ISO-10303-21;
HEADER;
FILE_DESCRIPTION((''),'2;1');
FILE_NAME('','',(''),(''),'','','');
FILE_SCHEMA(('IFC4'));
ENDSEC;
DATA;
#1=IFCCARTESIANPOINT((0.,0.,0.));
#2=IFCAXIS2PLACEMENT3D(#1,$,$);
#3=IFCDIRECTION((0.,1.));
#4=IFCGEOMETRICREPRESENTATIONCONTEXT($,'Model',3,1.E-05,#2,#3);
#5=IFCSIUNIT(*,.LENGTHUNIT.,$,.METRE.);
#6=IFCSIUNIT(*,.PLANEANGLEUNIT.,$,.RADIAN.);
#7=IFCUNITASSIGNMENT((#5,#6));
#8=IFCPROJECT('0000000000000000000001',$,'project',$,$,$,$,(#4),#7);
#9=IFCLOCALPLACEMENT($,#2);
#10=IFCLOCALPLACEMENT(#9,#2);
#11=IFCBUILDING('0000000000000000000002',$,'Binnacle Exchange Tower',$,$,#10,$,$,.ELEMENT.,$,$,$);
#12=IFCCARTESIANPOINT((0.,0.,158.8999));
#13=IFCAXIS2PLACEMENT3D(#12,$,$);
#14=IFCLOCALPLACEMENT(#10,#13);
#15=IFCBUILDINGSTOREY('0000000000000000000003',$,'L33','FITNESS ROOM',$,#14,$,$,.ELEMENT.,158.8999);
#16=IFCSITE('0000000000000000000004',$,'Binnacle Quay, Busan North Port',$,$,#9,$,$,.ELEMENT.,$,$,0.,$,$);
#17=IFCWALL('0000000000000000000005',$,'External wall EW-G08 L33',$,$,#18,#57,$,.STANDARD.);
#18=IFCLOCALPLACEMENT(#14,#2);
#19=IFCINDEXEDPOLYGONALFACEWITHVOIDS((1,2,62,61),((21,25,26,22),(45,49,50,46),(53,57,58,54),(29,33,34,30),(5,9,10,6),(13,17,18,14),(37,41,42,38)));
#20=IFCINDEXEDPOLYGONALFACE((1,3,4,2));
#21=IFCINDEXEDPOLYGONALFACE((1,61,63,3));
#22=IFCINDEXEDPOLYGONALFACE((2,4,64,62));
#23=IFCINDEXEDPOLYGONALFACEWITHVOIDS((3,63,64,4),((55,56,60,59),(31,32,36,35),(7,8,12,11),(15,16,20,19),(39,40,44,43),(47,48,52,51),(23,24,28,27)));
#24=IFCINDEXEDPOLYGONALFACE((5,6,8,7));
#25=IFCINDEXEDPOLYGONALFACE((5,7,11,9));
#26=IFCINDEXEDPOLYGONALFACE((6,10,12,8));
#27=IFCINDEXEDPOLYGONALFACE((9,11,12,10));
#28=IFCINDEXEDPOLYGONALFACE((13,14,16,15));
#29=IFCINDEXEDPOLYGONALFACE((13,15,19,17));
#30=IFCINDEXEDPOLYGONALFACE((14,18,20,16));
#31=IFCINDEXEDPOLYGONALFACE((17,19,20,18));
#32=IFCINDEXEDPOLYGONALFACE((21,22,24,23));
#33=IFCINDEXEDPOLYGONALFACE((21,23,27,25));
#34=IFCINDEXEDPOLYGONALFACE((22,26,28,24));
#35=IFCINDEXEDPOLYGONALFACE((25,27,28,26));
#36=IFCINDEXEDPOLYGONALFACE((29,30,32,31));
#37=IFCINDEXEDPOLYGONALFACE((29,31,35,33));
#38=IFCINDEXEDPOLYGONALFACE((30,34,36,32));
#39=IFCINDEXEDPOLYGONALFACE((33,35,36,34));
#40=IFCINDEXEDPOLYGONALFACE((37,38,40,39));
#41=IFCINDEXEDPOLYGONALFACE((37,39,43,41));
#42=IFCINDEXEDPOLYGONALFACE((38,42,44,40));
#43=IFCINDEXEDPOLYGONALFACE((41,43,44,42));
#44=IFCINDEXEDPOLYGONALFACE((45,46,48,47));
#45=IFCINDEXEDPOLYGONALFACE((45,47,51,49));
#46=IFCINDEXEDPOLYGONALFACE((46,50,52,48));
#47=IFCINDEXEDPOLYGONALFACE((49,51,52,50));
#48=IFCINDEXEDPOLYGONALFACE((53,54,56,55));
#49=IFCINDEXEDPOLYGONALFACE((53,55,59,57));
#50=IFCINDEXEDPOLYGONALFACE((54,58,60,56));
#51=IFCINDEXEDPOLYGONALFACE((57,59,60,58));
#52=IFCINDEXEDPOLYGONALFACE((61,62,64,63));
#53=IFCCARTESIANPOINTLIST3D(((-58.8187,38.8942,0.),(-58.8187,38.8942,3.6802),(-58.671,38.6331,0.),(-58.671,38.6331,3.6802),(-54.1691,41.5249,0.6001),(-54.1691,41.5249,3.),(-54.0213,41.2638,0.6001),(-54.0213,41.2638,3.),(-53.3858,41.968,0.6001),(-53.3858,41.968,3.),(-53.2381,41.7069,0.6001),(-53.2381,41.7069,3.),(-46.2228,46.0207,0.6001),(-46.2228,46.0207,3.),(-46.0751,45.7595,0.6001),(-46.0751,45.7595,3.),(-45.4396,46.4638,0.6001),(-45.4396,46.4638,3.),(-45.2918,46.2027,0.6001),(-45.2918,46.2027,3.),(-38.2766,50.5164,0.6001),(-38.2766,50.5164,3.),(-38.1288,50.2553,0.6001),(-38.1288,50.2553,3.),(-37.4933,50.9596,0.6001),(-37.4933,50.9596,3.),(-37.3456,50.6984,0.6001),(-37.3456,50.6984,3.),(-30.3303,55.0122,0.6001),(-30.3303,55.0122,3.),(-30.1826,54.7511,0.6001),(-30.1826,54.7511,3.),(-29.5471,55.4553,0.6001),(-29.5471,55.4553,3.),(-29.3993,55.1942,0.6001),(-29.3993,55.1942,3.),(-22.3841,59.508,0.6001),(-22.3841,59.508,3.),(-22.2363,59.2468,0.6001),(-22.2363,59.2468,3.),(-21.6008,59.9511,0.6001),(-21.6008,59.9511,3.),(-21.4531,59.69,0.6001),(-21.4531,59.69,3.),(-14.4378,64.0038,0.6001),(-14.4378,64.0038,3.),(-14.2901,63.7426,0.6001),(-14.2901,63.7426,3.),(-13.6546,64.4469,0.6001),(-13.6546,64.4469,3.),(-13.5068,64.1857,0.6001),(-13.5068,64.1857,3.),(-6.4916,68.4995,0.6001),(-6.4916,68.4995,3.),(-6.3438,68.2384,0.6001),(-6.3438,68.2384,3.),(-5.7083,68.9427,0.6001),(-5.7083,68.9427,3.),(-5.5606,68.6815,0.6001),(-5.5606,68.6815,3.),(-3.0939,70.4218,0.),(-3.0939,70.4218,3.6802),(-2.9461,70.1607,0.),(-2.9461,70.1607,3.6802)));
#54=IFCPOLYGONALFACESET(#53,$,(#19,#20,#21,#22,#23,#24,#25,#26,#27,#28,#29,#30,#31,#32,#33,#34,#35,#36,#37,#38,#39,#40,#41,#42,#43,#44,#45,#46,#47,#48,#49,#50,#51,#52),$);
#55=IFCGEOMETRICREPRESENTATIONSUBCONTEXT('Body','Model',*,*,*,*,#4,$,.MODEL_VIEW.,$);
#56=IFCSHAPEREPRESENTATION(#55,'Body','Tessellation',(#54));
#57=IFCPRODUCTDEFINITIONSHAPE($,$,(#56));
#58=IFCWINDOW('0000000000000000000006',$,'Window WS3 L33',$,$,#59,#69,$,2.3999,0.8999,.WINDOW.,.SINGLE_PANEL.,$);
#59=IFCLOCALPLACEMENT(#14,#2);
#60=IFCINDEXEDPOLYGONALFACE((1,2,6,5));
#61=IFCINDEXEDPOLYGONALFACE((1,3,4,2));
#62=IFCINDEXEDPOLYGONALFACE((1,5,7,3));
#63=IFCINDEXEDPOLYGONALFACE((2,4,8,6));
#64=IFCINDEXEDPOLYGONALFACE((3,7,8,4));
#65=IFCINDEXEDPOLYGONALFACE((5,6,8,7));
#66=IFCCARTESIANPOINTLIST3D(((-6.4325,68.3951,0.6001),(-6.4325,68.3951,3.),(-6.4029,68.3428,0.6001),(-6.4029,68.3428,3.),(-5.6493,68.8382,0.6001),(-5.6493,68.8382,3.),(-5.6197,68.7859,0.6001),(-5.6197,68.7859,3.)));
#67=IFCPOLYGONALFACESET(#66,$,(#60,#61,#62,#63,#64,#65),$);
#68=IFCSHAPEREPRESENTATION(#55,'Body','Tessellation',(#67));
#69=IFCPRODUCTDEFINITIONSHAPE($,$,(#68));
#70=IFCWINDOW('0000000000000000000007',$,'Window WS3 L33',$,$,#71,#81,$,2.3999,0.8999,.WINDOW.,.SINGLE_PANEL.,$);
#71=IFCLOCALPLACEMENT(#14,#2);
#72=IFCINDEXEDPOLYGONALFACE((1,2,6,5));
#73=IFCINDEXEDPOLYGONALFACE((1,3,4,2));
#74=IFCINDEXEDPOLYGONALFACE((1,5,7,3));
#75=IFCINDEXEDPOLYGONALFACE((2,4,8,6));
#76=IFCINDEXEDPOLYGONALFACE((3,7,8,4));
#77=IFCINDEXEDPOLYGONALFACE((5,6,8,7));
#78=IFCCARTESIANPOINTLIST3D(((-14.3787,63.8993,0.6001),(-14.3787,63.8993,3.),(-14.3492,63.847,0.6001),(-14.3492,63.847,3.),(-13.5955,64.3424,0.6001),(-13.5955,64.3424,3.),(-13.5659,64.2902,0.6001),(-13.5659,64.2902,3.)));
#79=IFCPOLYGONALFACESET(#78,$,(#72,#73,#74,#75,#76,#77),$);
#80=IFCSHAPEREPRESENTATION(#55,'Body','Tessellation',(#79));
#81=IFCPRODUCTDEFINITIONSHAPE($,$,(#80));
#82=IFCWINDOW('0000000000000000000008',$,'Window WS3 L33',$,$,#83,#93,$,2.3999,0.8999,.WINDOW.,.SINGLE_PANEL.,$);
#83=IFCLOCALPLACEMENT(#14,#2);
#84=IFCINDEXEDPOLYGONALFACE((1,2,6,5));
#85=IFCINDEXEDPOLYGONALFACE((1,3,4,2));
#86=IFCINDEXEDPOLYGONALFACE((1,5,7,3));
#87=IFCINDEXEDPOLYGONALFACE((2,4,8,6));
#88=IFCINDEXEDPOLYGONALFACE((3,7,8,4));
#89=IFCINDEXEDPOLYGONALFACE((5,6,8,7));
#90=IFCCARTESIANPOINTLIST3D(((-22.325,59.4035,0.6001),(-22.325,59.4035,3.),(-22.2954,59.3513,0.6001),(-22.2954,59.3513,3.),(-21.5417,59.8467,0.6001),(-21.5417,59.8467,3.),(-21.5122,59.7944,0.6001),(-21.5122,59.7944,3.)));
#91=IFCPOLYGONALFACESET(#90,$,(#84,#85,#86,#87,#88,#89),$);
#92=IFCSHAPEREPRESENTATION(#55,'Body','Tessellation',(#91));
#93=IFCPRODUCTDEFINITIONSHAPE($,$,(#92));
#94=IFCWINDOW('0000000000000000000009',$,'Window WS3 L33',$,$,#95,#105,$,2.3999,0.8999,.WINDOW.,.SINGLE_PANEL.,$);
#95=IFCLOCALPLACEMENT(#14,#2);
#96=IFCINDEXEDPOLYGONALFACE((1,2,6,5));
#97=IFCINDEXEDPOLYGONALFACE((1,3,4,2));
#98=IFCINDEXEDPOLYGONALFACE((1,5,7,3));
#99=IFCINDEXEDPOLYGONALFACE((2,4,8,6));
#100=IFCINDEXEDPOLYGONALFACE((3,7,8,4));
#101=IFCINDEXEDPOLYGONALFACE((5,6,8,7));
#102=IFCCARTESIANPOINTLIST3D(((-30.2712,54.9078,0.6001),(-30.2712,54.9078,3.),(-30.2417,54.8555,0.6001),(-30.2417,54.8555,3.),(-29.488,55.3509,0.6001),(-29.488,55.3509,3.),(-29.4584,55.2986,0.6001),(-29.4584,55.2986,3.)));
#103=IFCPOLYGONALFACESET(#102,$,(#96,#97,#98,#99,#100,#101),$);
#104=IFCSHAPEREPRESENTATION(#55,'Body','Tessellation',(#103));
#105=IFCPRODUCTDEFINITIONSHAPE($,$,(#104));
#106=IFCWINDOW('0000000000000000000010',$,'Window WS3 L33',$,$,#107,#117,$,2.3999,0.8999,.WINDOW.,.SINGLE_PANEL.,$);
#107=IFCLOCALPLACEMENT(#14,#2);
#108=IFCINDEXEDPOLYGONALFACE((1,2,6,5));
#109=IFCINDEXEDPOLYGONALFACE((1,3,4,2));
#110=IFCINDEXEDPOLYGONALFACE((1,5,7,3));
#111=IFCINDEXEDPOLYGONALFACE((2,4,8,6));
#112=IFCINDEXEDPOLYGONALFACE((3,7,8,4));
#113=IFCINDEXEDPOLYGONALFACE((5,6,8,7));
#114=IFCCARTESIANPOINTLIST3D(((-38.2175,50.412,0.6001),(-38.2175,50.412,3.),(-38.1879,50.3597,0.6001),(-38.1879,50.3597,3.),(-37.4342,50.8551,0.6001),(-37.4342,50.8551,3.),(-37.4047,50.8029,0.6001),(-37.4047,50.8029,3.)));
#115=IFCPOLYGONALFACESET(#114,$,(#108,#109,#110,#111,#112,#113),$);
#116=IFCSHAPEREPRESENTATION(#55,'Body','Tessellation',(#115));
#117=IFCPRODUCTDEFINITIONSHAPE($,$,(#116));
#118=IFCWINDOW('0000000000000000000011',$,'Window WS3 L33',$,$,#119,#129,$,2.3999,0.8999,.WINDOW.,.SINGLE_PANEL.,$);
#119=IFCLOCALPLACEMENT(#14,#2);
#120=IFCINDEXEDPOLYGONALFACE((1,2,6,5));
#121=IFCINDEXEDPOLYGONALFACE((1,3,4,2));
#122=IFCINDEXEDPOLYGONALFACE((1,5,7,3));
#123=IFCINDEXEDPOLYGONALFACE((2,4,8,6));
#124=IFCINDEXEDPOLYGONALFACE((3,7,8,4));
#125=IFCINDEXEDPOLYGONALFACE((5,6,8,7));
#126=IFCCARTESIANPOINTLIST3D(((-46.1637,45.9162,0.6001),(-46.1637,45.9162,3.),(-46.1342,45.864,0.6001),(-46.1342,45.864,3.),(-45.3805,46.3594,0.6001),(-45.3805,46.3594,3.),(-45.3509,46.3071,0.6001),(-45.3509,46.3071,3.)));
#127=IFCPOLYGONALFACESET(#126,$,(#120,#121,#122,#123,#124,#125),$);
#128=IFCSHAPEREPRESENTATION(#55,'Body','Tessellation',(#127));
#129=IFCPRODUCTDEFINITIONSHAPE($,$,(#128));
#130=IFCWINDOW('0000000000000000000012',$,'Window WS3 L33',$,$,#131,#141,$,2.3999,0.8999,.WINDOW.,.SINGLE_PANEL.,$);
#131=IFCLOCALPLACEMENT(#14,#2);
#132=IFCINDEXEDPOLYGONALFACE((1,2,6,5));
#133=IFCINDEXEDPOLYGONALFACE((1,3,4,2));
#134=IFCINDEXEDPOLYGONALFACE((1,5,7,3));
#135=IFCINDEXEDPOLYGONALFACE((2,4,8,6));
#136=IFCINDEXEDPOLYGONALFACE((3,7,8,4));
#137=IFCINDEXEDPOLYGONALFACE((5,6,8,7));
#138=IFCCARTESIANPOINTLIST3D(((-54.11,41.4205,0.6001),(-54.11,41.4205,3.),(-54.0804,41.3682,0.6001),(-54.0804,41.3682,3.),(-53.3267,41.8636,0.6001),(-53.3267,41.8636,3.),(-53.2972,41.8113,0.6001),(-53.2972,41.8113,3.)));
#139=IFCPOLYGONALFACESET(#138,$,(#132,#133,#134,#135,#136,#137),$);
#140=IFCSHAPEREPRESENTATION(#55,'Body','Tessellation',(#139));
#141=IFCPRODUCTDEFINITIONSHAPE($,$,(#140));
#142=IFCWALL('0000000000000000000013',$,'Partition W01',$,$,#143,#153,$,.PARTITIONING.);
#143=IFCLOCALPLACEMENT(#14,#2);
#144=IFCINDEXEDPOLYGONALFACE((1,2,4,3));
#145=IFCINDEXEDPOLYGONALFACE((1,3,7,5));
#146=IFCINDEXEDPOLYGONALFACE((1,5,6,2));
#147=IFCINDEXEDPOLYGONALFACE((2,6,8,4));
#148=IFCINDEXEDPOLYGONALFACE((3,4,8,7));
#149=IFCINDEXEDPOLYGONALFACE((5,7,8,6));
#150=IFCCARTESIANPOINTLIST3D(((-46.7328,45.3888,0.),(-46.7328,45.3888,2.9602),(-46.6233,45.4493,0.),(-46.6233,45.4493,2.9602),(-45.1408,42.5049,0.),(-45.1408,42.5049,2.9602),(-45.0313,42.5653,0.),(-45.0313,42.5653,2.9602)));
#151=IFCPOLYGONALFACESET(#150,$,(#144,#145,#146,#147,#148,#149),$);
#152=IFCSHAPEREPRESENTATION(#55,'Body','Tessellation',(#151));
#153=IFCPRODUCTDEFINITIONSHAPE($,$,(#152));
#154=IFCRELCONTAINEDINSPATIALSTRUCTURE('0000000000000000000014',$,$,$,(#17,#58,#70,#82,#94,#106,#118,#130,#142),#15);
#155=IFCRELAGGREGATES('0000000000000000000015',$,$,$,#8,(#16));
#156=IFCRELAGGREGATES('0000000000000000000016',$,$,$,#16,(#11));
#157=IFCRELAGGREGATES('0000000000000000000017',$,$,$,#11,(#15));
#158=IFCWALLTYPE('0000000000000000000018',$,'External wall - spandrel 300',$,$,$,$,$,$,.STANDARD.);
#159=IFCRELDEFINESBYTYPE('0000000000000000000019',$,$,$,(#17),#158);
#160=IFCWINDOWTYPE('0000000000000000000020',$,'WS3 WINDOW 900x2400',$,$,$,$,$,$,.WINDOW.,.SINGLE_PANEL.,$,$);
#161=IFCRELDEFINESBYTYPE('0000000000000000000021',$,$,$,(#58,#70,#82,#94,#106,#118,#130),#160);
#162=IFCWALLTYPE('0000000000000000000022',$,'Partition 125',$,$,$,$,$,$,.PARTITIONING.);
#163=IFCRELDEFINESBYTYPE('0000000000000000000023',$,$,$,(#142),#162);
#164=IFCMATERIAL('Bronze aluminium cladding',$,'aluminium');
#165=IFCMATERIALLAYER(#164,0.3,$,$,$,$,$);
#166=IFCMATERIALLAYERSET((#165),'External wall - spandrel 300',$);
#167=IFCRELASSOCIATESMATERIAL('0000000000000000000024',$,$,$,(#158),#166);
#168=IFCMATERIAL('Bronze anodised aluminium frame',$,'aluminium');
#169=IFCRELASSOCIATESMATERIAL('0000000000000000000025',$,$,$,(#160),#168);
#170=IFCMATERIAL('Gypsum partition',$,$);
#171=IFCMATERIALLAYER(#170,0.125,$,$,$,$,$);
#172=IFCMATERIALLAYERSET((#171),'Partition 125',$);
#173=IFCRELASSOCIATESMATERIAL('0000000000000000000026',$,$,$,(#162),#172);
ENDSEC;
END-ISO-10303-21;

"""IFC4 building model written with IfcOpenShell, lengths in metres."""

from ifc_helpers import new_model, si_unit, direction, frame, frame_2d, origin, place, context, subcontext, project, spatial, rectangle, extrude, material, layer, layer_set, type_object, element, fill, save


model = new_model("IFC4")

# Units and contexts
model_context = context("Model", 3, precision=1e-05, world=origin(), true_north=direction((0.0, 1.0)))
body_context = subcontext(model_context, "Body", "Model", "MODEL_VIEW")
ifc_project = project(units=[si_unit("LENGTHUNIT", "METRE"), si_unit("PLANEANGLEUNIT", "RADIAN")], contexts=[model_context])

# Site, building, storey
site_placement = place(None, origin())
site = spatial("IfcSite", under=ifc_project, at=site_placement, Name="Binnacle Quay, Busan North Port", CompositionType="ELEMENT", RefElevation=0.0)
building_placement = place(site_placement, origin())
building = spatial("IfcBuilding", under=site, at=building_placement, Name="Binnacle Exchange Tower", CompositionType="ELEMENT")
storey_placement = place(building_placement, frame((0.0, 0.0, 158.8999)))
storey = spatial("IfcBuildingStorey", under=building, at=storey_placement, Name="L33", Description="FITNESS ROOM", CompositionType="ELEMENT", Elevation=158.8999)

# Wall, openings, windows
ifc_material_1 = material(Name="Bronze aluminium cladding", Category="aluminium")
ifc_layer_1 = layer(ifc_material_1, 0.3)
ifc_layer_set_1 = layer_set([ifc_layer_1], Name="External wall - spandrel 300")
wall_type_1 = type_object("IfcWallType", Name="External wall - spandrel 300", PredefinedType="STANDARD", material=ifc_layer_set_1)
wall_1_placement = place(storey_placement, frame((-58.7449, 38.7637, 0.0), z_axis=(0.0, 0.0, 1.0), x_axis=(0.870356, 0.492423, 0.0)))
wall_1 = element("IfcWall", 1, at=wall_1_placement, inside=storey, type_object=wall_type_1, Name="External wall EW-G08 L33", PredefinedType="STANDARD", context=body_context, shape_type="SweptSolid", body=[
    extrude(rectangle(XDim=64.0254, YDim=0.3, at=frame_2d((32.0127, 0.0))), origin(), (0.0, 0.0, 1.0), 3.6802),
])
opening_1_placement = place(wall_1_placement, frame((60.1216, 0.0, 0.6001)))
opening_1 = element("IfcOpeningElement", 2, at=opening_1_placement, cuts=wall_1, PredefinedType="OPENING", context=body_context, shape_type="SweptSolid", body=[
    extrude(rectangle(XDim=0.8999, YDim=2.3999, at=frame_2d((0.45, 1.2))), frame((0.0, 0.1599, 0.0), z_axis=(0.0, -1.0, 0.0), x_axis=(1.0, 0.0, 0.0)), (0.0, 0.0, 1.0), 0.3201),
])
opening_2_placement = place(wall_1_placement, frame((50.9917, 0.0, 0.6001)))
opening_2 = element("IfcOpeningElement", 3, at=opening_2_placement, cuts=wall_1, PredefinedType="OPENING", context=body_context, shape_type="SweptSolid", body=[
    extrude(rectangle(XDim=0.8999, YDim=2.3999, at=frame_2d((0.45, 1.2))), frame((0.0, 0.1599, 0.0), z_axis=(0.0, -1.0, 0.0), x_axis=(1.0, 0.0, 0.0)), (0.0, 0.0, 1.0), 0.3201),
])
opening_3_placement = place(wall_1_placement, frame((41.8618, 0.0, 0.6001)))
opening_3 = element("IfcOpeningElement", 4, at=opening_3_placement, cuts=wall_1, PredefinedType="OPENING", context=body_context, shape_type="SweptSolid", body=[
    extrude(rectangle(XDim=0.8999, YDim=2.3999, at=frame_2d((0.45, 1.2))), frame((0.0, 0.1599, 0.0), z_axis=(0.0, -1.0, 0.0), x_axis=(1.0, 0.0, 0.0)), (0.0, 0.0, 1.0), 0.3201),
])
opening_4_placement = place(wall_1_placement, frame((32.7319, 0.0, 0.6001)))
opening_4 = element("IfcOpeningElement", 5, at=opening_4_placement, cuts=wall_1, PredefinedType="OPENING", context=body_context, shape_type="SweptSolid", body=[
    extrude(rectangle(XDim=0.8999, YDim=2.3999, at=frame_2d((0.45, 1.2))), frame((0.0, 0.1599, 0.0), z_axis=(0.0, -1.0, 0.0), x_axis=(1.0, 0.0, 0.0)), (0.0, 0.0, 1.0), 0.3201),
])
opening_5_placement = place(wall_1_placement, frame((23.6021, 0.0, 0.6001)))
opening_5 = element("IfcOpeningElement", 6, at=opening_5_placement, cuts=wall_1, PredefinedType="OPENING", context=body_context, shape_type="SweptSolid", body=[
    extrude(rectangle(XDim=0.8999, YDim=2.3999, at=frame_2d((0.45, 1.2))), frame((0.0, 0.1599, 0.0), z_axis=(0.0, -1.0, 0.0), x_axis=(1.0, 0.0, 0.0)), (0.0, 0.0, 1.0), 0.3201),
])
opening_6_placement = place(wall_1_placement, frame((14.4722, 0.0, 0.6001)))
opening_6 = element("IfcOpeningElement", 7, at=opening_6_placement, cuts=wall_1, PredefinedType="OPENING", context=body_context, shape_type="SweptSolid", body=[
    extrude(rectangle(XDim=0.8999, YDim=2.3999, at=frame_2d((0.45, 1.2))), frame((0.0, 0.1599, 0.0), z_axis=(0.0, -1.0, 0.0), x_axis=(1.0, 0.0, 0.0)), (0.0, 0.0, 1.0), 0.3201),
])
opening_7_placement = place(wall_1_placement, frame((5.3423, 0.0, 0.6001)))
opening_7 = element("IfcOpeningElement", 8, at=opening_7_placement, cuts=wall_1, PredefinedType="OPENING", context=body_context, shape_type="SweptSolid", body=[
    extrude(rectangle(XDim=0.8999, YDim=2.3999, at=frame_2d((0.45, 1.2))), frame((0.0, 0.1599, 0.0), z_axis=(0.0, -1.0, 0.0), x_axis=(1.0, 0.0, 0.0)), (0.0, 0.0, 1.0), 0.3201),
])
ifc_material_2 = material(Name="Bronze anodised aluminium frame", Category="aluminium")
window_type = type_object("IfcWindowType", Name="WS3 WINDOW 900x2400", PartitioningType="SINGLE_PANEL", PredefinedType="WINDOW", material=ifc_material_2)
window_1_placement = place(opening_1_placement, origin())
window_1 = element("IfcWindow", 9, at=window_1_placement, inside=storey, type_object=window_type, Name="Window WS3 L33", OverallHeight=2.3999, OverallWidth=0.8999, PartitioningType="SINGLE_PANEL", PredefinedType="WINDOW", context=body_context, shape_type="SweptSolid", body=[
    extrude(rectangle(XDim=0.8999, YDim=2.3999, at=frame_2d((0.45, 1.2))), frame((0.0, 0.03, 0.0), z_axis=(0.0, -1.0, 0.0), x_axis=(1.0, 0.0, 0.0)), (0.0, 0.0, 1.0), 0.0601),
])
fill(opening_1, window_1)
window_2_placement = place(opening_2_placement, origin())
window_2 = element("IfcWindow", 10, at=window_2_placement, inside=storey, type_object=window_type, Name="Window WS3 L33", OverallHeight=2.3999, OverallWidth=0.8999, PartitioningType="SINGLE_PANEL", PredefinedType="WINDOW", context=body_context, shape_type="SweptSolid", body=[
    extrude(rectangle(XDim=0.8999, YDim=2.3999, at=frame_2d((0.45, 1.2))), frame((0.0, 0.03, 0.0), z_axis=(0.0, -1.0, 0.0), x_axis=(1.0, 0.0, 0.0)), (0.0, 0.0, 1.0), 0.0601),
])
fill(opening_2, window_2)
window_3_placement = place(opening_3_placement, origin())
window_3 = element("IfcWindow", 11, at=window_3_placement, inside=storey, type_object=window_type, Name="Window WS3 L33", OverallHeight=2.3999, OverallWidth=0.8999, PartitioningType="SINGLE_PANEL", PredefinedType="WINDOW", context=body_context, shape_type="SweptSolid", body=[
    extrude(rectangle(XDim=0.8999, YDim=2.3999, at=frame_2d((0.45, 1.2))), frame((0.0, 0.03, 0.0), z_axis=(0.0, -1.0, 0.0), x_axis=(1.0, 0.0, 0.0)), (0.0, 0.0, 1.0), 0.0601),
])
fill(opening_3, window_3)
window_4_placement = place(opening_4_placement, origin())
window_4 = element("IfcWindow", 12, at=window_4_placement, inside=storey, type_object=window_type, Name="Window WS3 L33", OverallHeight=2.3999, OverallWidth=0.8999, PartitioningType="SINGLE_PANEL", PredefinedType="WINDOW", context=body_context, shape_type="SweptSolid", body=[
    extrude(rectangle(XDim=0.8999, YDim=2.3999, at=frame_2d((0.45, 1.2))), frame((0.0, 0.03, 0.0), z_axis=(0.0, -1.0, 0.0), x_axis=(1.0, 0.0, 0.0)), (0.0, 0.0, 1.0), 0.0601),
])
fill(opening_4, window_4)
window_5_placement = place(opening_5_placement, origin())
window_5 = element("IfcWindow", 13, at=window_5_placement, inside=storey, type_object=window_type, Name="Window WS3 L33", OverallHeight=2.3999, OverallWidth=0.8999, PartitioningType="SINGLE_PANEL", PredefinedType="WINDOW", context=body_context, shape_type="SweptSolid", body=[
    extrude(rectangle(XDim=0.8999, YDim=2.3999, at=frame_2d((0.45, 1.2))), frame((0.0, 0.03, 0.0), z_axis=(0.0, -1.0, 0.0), x_axis=(1.0, 0.0, 0.0)), (0.0, 0.0, 1.0), 0.0601),
])
fill(opening_5, window_5)
window_6_placement = place(opening_6_placement, origin())
window_6 = element("IfcWindow", 14, at=window_6_placement, inside=storey, type_object=window_type, Name="Window WS3 L33", OverallHeight=2.3999, OverallWidth=0.8999, PartitioningType="SINGLE_PANEL", PredefinedType="WINDOW", context=body_context, shape_type="SweptSolid", body=[
    extrude(rectangle(XDim=0.8999, YDim=2.3999, at=frame_2d((0.45, 1.2))), frame((0.0, 0.03, 0.0), z_axis=(0.0, -1.0, 0.0), x_axis=(1.0, 0.0, 0.0)), (0.0, 0.0, 1.0), 0.0601),
])
fill(opening_6, window_6)
window_7_placement = place(opening_7_placement, origin())
window_7 = element("IfcWindow", 15, at=window_7_placement, inside=storey, type_object=window_type, Name="Window WS3 L33", OverallHeight=2.3999, OverallWidth=0.8999, PartitioningType="SINGLE_PANEL", PredefinedType="WINDOW", context=body_context, shape_type="SweptSolid", body=[
    extrude(rectangle(XDim=0.8999, YDim=2.3999, at=frame_2d((0.45, 1.2))), frame((0.0, 0.03, 0.0), z_axis=(0.0, -1.0, 0.0), x_axis=(1.0, 0.0, 0.0)), (0.0, 0.0, 1.0), 0.0601),
])
fill(opening_7, window_7)

# Wall
ifc_material_3 = material(Name="Gypsum partition")
ifc_layer_2 = layer(ifc_material_3, 0.125)
ifc_layer_set_2 = layer_set([ifc_layer_2], Name="Partition 125")
wall_type_2 = type_object("IfcWallType", Name="Partition 125", PredefinedType="PARTITIONING", material=ifc_layer_set_2)
wall_2_placement = place(storey_placement, frame((-46.678, 45.4189, 0.0), z_axis=(0.0, 0.0, 1.0), x_axis=(0.483275, -0.875468, 0.0)))
element("IfcWall", 16, at=wall_2_placement, inside=storey, type_object=wall_type_2, Name="Partition W01", PredefinedType="PARTITIONING", context=body_context, shape_type="SweptSolid", body=[
    extrude(rectangle(XDim=3.2942, YDim=0.125, at=frame_2d((1.647, 0.0))), origin(), (0.0, 0.0, 1.0), 2.9602),
])

save(model, "model.ifc")
